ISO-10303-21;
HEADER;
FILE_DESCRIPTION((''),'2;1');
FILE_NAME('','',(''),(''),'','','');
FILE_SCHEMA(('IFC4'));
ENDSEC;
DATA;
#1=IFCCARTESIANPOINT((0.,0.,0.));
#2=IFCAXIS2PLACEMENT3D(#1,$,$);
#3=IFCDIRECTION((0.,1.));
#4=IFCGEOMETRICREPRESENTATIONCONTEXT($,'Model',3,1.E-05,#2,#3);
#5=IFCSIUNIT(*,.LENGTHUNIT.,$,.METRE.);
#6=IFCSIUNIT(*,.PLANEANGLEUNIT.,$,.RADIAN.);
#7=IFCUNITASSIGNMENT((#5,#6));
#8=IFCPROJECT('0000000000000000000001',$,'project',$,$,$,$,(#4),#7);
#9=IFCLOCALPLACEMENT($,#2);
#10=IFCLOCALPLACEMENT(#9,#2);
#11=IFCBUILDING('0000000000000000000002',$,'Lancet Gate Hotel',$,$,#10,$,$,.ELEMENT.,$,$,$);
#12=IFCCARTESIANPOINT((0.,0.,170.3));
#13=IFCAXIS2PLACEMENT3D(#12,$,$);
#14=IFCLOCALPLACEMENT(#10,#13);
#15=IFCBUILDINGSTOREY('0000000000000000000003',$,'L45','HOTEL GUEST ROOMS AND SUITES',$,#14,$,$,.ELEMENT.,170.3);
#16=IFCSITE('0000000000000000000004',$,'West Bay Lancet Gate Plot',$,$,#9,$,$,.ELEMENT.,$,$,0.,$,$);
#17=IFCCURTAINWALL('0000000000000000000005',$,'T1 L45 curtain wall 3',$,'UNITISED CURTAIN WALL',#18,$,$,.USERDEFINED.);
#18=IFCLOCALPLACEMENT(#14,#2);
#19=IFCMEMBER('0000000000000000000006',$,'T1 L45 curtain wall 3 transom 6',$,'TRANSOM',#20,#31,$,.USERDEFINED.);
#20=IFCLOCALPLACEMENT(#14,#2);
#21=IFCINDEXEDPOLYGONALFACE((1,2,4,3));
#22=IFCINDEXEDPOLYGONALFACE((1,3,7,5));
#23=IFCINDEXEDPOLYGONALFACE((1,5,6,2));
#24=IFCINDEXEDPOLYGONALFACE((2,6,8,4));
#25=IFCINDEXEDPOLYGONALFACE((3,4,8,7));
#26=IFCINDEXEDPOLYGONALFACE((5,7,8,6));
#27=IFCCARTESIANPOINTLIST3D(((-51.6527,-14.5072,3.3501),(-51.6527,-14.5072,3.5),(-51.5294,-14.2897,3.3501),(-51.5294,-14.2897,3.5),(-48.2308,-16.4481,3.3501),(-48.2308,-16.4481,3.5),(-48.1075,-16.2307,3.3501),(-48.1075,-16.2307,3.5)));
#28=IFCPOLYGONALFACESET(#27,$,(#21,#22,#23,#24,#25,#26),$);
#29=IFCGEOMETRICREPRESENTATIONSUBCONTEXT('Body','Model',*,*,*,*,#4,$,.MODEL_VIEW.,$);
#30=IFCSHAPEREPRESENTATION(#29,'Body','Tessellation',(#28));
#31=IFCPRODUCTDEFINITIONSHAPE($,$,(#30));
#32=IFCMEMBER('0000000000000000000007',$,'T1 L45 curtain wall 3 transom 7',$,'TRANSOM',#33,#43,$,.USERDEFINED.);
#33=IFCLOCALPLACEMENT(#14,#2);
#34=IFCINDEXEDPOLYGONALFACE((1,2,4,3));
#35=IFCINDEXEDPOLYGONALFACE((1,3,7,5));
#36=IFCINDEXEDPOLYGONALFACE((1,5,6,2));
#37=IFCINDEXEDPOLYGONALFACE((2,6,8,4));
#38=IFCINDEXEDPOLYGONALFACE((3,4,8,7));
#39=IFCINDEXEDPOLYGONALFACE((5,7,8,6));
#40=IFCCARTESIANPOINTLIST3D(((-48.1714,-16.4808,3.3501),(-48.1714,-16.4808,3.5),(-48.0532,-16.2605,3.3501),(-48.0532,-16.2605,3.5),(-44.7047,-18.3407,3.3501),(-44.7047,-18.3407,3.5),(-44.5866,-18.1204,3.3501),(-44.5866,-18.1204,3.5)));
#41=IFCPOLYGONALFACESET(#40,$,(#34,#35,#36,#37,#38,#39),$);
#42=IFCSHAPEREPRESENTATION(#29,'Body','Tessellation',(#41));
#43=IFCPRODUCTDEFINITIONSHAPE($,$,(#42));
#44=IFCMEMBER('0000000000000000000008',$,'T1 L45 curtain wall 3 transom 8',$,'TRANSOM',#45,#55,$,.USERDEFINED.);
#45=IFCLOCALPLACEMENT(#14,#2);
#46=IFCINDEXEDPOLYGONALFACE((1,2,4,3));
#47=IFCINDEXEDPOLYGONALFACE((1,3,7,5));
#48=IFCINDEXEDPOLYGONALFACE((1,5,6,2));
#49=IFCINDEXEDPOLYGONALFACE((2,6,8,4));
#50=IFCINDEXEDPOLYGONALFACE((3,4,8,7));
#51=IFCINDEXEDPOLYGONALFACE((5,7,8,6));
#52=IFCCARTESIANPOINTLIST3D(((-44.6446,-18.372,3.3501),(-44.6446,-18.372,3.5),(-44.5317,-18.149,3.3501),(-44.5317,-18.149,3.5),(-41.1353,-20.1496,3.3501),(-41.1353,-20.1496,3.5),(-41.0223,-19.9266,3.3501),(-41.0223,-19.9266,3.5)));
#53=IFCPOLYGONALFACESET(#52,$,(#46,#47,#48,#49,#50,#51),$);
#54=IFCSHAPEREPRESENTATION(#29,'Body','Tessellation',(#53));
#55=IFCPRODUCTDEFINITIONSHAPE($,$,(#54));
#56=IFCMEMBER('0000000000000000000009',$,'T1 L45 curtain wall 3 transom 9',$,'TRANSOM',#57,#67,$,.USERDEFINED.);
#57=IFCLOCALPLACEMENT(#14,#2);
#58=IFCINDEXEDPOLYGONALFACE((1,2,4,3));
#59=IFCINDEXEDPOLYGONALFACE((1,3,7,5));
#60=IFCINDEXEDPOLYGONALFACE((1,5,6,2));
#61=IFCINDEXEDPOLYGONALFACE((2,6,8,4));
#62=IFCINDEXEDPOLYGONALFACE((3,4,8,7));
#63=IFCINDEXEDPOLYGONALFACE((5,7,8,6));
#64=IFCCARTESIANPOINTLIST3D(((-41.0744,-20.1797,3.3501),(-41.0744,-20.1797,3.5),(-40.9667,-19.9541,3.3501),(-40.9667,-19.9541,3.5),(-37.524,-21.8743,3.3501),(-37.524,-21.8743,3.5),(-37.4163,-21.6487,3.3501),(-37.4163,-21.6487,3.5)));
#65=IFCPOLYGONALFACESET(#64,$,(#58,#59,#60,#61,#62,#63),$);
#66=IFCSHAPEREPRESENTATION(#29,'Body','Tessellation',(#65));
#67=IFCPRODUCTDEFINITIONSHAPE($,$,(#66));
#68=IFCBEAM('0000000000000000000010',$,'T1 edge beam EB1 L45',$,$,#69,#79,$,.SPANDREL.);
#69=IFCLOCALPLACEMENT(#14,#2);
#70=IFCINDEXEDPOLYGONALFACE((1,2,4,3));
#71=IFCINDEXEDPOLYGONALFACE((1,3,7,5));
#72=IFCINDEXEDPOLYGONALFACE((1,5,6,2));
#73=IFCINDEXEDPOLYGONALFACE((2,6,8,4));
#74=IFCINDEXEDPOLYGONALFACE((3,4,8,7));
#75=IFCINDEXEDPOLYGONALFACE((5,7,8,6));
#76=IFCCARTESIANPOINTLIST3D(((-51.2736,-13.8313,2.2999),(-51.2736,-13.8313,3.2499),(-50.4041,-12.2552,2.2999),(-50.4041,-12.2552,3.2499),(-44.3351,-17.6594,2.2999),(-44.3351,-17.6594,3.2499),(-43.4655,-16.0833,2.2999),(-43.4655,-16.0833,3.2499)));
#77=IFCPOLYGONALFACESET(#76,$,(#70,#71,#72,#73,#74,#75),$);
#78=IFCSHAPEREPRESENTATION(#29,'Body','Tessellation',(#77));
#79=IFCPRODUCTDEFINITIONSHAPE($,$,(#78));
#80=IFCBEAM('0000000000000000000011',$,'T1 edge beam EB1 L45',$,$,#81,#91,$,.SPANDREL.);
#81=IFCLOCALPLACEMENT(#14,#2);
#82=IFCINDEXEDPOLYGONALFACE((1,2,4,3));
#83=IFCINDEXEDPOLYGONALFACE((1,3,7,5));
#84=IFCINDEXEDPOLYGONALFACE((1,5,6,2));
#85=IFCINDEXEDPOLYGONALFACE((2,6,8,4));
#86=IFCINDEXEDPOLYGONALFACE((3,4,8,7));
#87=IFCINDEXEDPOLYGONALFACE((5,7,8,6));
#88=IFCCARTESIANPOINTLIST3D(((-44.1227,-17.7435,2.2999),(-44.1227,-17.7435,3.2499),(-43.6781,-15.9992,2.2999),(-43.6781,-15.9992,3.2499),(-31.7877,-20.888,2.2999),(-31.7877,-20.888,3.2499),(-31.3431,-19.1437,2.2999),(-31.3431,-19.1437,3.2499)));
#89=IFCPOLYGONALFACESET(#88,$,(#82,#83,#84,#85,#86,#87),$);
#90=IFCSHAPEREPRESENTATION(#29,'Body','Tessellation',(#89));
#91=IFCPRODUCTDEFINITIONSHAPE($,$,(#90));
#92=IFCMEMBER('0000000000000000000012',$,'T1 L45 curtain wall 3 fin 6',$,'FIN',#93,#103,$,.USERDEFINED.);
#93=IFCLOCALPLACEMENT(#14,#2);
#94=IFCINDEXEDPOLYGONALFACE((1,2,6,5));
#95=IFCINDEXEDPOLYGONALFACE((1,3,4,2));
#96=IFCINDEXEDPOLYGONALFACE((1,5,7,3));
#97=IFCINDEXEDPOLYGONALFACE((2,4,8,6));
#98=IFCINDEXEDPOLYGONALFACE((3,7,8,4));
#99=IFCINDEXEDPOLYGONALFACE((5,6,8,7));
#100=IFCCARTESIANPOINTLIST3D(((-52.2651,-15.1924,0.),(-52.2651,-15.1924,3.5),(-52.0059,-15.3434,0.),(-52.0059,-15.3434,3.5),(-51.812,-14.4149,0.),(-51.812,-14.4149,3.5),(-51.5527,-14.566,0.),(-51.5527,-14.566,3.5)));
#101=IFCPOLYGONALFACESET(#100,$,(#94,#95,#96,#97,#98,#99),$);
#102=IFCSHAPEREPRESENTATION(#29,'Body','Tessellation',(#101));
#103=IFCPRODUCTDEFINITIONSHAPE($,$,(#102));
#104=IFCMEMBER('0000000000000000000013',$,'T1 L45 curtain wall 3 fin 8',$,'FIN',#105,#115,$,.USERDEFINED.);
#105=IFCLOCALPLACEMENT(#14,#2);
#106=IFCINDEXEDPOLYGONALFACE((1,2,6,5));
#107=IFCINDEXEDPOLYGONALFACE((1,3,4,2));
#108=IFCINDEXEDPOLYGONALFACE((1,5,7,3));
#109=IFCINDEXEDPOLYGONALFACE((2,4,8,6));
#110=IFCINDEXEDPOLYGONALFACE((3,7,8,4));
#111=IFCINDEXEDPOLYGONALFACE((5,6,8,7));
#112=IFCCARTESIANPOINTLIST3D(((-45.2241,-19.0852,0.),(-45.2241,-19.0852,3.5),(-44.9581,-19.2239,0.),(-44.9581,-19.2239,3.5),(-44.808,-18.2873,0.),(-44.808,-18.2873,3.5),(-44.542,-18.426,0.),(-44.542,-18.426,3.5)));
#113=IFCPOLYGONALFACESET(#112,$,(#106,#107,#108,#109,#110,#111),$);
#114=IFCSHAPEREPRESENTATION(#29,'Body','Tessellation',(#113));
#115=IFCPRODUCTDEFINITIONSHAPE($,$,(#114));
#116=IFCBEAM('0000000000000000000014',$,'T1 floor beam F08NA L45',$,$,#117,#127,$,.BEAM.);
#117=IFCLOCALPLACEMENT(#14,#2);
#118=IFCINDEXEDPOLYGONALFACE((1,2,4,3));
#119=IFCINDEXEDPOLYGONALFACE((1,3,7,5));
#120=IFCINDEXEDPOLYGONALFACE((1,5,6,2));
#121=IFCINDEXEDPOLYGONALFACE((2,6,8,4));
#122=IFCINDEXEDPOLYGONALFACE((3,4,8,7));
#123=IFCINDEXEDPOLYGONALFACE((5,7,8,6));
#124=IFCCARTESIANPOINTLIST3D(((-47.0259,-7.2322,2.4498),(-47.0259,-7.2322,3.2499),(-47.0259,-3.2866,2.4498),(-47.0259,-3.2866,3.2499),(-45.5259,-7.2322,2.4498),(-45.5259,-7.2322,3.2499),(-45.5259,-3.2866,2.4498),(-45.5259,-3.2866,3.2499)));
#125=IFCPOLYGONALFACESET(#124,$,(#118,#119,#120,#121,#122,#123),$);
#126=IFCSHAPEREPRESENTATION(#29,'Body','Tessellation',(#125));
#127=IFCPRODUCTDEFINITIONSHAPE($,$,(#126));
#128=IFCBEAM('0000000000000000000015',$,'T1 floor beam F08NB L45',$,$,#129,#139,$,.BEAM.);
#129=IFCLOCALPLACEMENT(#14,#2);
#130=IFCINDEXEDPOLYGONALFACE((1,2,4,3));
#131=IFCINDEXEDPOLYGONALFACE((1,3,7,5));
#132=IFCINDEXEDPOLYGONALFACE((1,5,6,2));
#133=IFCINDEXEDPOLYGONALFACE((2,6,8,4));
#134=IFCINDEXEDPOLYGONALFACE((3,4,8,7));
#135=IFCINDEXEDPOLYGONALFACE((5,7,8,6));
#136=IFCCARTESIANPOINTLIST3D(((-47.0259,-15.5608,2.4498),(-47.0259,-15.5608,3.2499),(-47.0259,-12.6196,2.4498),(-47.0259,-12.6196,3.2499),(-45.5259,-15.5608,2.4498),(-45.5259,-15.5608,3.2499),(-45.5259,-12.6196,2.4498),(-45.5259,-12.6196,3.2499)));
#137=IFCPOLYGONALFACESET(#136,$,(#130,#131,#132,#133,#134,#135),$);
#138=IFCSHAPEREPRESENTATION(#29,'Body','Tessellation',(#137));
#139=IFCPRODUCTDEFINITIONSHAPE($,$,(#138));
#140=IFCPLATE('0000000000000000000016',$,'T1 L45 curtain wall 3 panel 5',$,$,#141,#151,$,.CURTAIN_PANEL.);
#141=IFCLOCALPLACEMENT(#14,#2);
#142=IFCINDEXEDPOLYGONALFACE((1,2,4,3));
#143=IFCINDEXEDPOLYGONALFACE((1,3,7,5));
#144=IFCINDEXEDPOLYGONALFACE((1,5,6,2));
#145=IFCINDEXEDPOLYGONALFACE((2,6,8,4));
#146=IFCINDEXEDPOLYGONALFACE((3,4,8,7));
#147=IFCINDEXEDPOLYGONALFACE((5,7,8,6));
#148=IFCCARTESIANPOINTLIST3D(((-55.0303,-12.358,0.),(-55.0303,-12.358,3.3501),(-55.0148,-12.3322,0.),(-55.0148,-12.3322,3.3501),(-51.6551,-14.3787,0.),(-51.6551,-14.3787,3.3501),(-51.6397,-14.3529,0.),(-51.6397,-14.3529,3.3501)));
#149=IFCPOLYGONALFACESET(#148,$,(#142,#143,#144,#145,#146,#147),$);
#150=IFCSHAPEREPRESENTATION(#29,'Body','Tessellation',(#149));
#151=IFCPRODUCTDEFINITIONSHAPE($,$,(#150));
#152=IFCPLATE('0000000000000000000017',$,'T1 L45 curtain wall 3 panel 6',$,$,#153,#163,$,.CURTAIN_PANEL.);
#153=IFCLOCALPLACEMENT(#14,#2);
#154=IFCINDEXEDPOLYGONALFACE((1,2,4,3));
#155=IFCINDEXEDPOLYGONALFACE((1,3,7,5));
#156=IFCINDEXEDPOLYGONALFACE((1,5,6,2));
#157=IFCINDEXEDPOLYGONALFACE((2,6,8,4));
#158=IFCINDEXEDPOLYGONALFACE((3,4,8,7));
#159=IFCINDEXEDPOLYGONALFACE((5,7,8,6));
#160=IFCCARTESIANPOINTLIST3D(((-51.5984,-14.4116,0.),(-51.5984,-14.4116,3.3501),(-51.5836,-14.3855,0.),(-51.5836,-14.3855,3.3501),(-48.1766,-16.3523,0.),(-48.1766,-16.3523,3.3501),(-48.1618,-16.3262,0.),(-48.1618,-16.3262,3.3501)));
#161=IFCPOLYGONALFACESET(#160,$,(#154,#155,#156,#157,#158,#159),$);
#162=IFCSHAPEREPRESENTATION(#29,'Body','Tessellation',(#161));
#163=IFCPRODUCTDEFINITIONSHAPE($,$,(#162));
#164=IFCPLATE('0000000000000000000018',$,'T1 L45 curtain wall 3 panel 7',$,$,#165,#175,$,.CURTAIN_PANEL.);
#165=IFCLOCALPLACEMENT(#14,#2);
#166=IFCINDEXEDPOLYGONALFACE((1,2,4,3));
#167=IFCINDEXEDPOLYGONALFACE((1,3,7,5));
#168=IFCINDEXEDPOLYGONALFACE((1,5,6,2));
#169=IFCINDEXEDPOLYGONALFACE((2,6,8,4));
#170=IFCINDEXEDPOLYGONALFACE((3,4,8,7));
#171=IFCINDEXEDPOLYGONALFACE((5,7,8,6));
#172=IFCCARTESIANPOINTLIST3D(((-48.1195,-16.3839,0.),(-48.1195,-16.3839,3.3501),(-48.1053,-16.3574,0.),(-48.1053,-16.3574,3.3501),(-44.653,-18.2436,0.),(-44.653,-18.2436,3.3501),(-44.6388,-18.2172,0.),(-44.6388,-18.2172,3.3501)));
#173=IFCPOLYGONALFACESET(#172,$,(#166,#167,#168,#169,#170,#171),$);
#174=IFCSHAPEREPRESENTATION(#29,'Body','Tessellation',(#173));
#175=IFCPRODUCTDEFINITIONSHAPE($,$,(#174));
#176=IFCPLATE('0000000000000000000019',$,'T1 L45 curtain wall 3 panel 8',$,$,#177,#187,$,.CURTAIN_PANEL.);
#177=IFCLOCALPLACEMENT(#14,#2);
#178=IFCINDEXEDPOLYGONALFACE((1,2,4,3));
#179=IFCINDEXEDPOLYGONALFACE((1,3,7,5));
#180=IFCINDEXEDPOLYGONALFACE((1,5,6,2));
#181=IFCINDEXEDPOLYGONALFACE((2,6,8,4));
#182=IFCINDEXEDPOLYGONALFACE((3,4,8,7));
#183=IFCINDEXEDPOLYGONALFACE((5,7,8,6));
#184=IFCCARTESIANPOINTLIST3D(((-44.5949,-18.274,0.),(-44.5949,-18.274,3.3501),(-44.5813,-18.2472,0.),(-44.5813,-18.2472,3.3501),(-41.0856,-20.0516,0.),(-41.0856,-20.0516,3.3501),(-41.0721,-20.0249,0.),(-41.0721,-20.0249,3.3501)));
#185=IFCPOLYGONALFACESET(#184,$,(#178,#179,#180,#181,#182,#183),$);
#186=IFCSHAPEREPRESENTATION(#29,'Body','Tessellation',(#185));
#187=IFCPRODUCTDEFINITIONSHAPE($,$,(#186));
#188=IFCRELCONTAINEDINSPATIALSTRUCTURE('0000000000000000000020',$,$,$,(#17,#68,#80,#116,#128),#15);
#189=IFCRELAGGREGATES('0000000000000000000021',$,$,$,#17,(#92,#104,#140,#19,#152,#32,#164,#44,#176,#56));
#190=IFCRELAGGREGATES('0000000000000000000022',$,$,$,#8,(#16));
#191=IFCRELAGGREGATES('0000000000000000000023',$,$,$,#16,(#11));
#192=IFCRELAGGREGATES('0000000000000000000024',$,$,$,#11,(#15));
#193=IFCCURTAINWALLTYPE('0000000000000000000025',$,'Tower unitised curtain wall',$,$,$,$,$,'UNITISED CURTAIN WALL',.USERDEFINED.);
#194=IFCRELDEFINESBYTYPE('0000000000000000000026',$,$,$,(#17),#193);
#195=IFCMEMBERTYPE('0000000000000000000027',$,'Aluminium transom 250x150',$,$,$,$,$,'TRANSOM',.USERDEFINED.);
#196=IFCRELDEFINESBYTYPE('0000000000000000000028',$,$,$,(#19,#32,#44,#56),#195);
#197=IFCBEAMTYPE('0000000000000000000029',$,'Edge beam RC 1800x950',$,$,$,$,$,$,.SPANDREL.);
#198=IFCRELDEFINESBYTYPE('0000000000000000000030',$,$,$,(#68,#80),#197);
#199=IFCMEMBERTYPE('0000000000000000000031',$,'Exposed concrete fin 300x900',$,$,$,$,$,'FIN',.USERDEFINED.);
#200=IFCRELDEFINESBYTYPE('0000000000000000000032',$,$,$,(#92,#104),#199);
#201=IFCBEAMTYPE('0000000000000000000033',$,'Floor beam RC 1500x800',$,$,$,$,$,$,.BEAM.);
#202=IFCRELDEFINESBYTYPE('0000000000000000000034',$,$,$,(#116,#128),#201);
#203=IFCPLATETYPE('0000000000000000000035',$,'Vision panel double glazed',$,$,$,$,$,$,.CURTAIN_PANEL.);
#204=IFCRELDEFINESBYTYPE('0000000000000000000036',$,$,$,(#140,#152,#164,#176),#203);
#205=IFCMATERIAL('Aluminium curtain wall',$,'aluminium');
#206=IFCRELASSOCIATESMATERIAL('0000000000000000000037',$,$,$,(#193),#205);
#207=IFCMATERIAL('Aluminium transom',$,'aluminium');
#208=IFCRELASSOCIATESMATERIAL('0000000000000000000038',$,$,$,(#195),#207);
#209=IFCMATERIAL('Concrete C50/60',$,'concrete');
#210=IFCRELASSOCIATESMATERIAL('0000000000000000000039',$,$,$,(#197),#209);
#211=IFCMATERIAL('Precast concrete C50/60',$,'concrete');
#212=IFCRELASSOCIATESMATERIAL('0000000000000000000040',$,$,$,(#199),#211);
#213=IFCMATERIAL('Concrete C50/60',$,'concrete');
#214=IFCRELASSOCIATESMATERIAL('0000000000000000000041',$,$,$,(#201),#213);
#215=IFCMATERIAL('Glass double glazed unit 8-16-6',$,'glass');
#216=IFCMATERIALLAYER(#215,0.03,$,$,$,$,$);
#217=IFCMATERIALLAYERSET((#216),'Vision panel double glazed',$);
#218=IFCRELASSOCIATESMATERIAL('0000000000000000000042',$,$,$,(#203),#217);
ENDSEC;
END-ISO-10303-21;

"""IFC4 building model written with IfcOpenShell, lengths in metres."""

from ifc_helpers import new_model, si_unit, direction, frame, origin, origin_2d, place, context, subcontext, project, spatial, rectangle, extrude, material, layer, layer_set, material_profile, profile_set, type_object, element, aggregate, save


model = new_model("IFC4")

# Units and contexts
model_context = context("Model", 3, precision=1e-05, world=origin(), true_north=direction((0.0, 1.0)))
body_context = subcontext(model_context, "Body", "Model", "MODEL_VIEW")
ifc_project = project(units=[si_unit("LENGTHUNIT", "METRE"), si_unit("PLANEANGLEUNIT", "RADIAN")], contexts=[model_context])

# Site, building, storey
site_placement = place(None, origin())
site = spatial("IfcSite", under=ifc_project, at=site_placement, Name="West Bay Lancet Gate Plot", CompositionType="ELEMENT", RefElevation=0.0)
building_placement = place(site_placement, origin())
building = spatial("IfcBuilding", under=site, at=building_placement, Name="Lancet Gate Hotel", CompositionType="ELEMENT")
storey_placement = place(building_placement, frame((0.0, 0.0, 170.3)))
storey = spatial("IfcBuildingStorey", under=building, at=storey_placement, Name="L45", Description="HOTEL GUEST ROOMS AND SUITES", CompositionType="ELEMENT", Elevation=170.3)

# Curtain wall, members
ifc_material_1 = material(Name="Aluminium curtain wall", Category="aluminium")
curtain_wall_type = type_object("IfcCurtainWallType", Name="Tower unitised curtain wall", ElementType="UNITISED CURTAIN WALL", PredefinedType="USERDEFINED", material=ifc_material_1)
curtain_wall_placement = place(storey_placement, origin())
curtain_wall = element("IfcCurtainWall", 1, at=curtain_wall_placement, inside=storey, type_object=curtain_wall_type, Name="T1 L45 curtain wall 3", ObjectType="UNITISED CURTAIN WALL", PredefinedType="USERDEFINED")
ifc_material_2 = material(Name="Aluminium transom", Category="aluminium")
ifc_material_profile_1 = material_profile(ifc_material_2, rectangle(XDim=0.25, YDim=0.1499, at=origin_2d()), Name="TRANSOM 250x150")
ifc_profile_set_1 = profile_set([ifc_material_profile_1], Name="Aluminium transom")
member_type_1 = type_object("IfcMemberType", Name="Aluminium transom 250x150", ElementType="TRANSOM", PredefinedType="USERDEFINED", material=ifc_profile_set_1)
member_1_placement = place(storey_placement, frame((-51.5911, -14.3984, 3.425), z_axis=(0.86982, -0.49337, 0.0), x_axis=(0.49337, 0.86982, 0.0)))
member_1 = element("IfcMember", 2, at=member_1_placement, type_object=member_type_1, Name="T1 L45 curtain wall 3 transom 6", ObjectType="TRANSOM", PredefinedType="USERDEFINED", context=body_context, shape_type="SweptSolid", body=[
    extrude(rectangle(XDim=0.25, YDim=0.1499, at=origin_2d()), origin(), (0.0, 0.0, 1.0), 3.9341),
])
member_2_placement = place(storey_placement, frame((-48.1123, -16.3706, 3.425), z_axis=(0.881185, -0.472771, 0.0), x_axis=(0.472771, 0.881185, 0.0)))
member_2 = element("IfcMember", 3, at=member_2_placement, type_object=member_type_1, Name="T1 L45 curtain wall 3 transom 7", ObjectType="TRANSOM", PredefinedType="USERDEFINED", context=body_context, shape_type="SweptSolid", body=[
    extrude(rectangle(XDim=0.25, YDim=0.1499, at=origin_2d()), origin(), (0.0, 0.0, 1.0), 3.9341),
])
member_3_placement = place(storey_placement, frame((-44.5881, -18.2605, 3.425), z_axis=(0.892081, -0.451875, 0.0), x_axis=(0.451875, 0.892081, 0.0)))
member_3 = element("IfcMember", 4, at=member_3_placement, type_object=member_type_1, Name="T1 L45 curtain wall 3 transom 8", ObjectType="TRANSOM", PredefinedType="USERDEFINED", context=body_context, shape_type="SweptSolid", body=[
    extrude(rectangle(XDim=0.25, YDim=0.1499, at=origin_2d()), origin(), (0.0, 0.0, 1.0), 3.9338),
])
member_4_placement = place(storey_placement, frame((-41.0205, -20.0669, 3.425), z_axis=(0.902469, -0.430755, 0.0), x_axis=(0.430755, 0.902469, 0.0)))
member_4 = element("IfcMember", 5, at=member_4_placement, type_object=member_type_1, Name="T1 L45 curtain wall 3 transom 9", ObjectType="TRANSOM", PredefinedType="USERDEFINED", context=body_context, shape_type="SweptSolid", body=[
    extrude(rectangle(XDim=0.25, YDim=0.1499, at=origin_2d()), origin(), (0.0, 0.0, 1.0), 3.9341),
])

# Beams
ifc_material_3 = material(Name="Concrete C50/60", Category="concrete")
ifc_material_profile_2 = material_profile(ifc_material_3, rectangle(XDim=1.8, YDim=0.95, at=origin_2d()), Name="RC 1800x950")
ifc_profile_set_2 = profile_set([ifc_material_profile_2], Name="Concrete C50/60")
beam_type_1 = type_object("IfcBeamType", Name="Edge beam RC 1800x950", PredefinedType="SPANDREL", material=ifc_profile_set_2)
beam_1_placement = place(storey_placement, frame((-50.8389, -13.0432, 2.7749), z_axis=(0.875578, -0.483077, 0.0), x_axis=(0.483077, 0.875578, 0.0)))
element("IfcBeam", 6, at=beam_1_placement, inside=storey, type_object=beam_type_1, Name="T1 edge beam EB1 L45", PredefinedType="SPANDREL", context=body_context, shape_type="SweptSolid", body=[
    extrude(rectangle(XDim=1.8, YDim=0.95, at=origin_2d()), origin(), (0.0, 0.0, 1.0), 7.9246),
])
beam_2_placement = place(storey_placement, frame((-43.9004, -16.8713, 2.7749), z_axis=(0.969008, -0.247028, 0.0), x_axis=(0.247028, 0.969008, 0.0)))
element("IfcBeam", 7, at=beam_2_placement, inside=storey, type_object=beam_type_1, Name="T1 edge beam EB1 L45", PredefinedType="SPANDREL", context=body_context, shape_type="SweptSolid", body=[
    extrude(rectangle(XDim=1.8, YDim=0.95, at=origin_2d()), origin(), (0.0, 0.0, 1.0), 12.7295),
])

# Members
ifc_material_4 = material(Name="Precast concrete C50/60", Category="concrete")
ifc_material_profile_3 = material_profile(ifc_material_4, rectangle(XDim=0.3, YDim=0.8999, at=origin_2d()), Name="FIN 300x900")
ifc_profile_set_3 = profile_set([ifc_material_profile_3], Name="Precast concrete C50/60")
member_type_2 = type_object("IfcMemberType", Name="Exposed concrete fin 300x900", ElementType="FIN", PredefinedType="USERDEFINED", material=ifc_profile_set_3)
member_5_placement = place(storey_placement, frame((-51.9089, -14.8792, 0.0), z_axis=(0.0, 0.0, 1.0), x_axis=(0.863969, -0.503545, 0.0)))
member_5 = element("IfcMember", 8, at=member_5_placement, type_object=member_type_2, Name="T1 L45 curtain wall 3 fin 6", ObjectType="FIN", PredefinedType="USERDEFINED", context=body_context, shape_type="SweptSolid", body=[
    extrude(rectangle(XDim=0.3, YDim=0.8999, at=origin_2d()), origin(), (0.0, 0.0, 1.0), 3.5),
])
member_6_placement = place(storey_placement, frame((-44.8831, -18.7556, 0.0), z_axis=(0.0, 0.0, 1.0), x_axis=(0.886694, -0.462356, 0.0)))
member_6 = element("IfcMember", 9, at=member_6_placement, type_object=member_type_2, Name="T1 L45 curtain wall 3 fin 8", ObjectType="FIN", PredefinedType="USERDEFINED", context=body_context, shape_type="SweptSolid", body=[
    extrude(rectangle(XDim=0.3, YDim=0.8999, at=origin_2d()), origin(), (0.0, 0.0, 1.0), 3.5),
])

# Beams
ifc_material_5 = material(Name="Concrete C50/60", Category="concrete")
ifc_material_profile_4 = material_profile(ifc_material_5, rectangle(XDim=1.5, YDim=0.8, at=origin_2d()), Name="RC 1500x800")
ifc_profile_set_4 = profile_set([ifc_material_profile_4], Name="Concrete C50/60")
beam_type_2 = type_object("IfcBeamType", Name="Floor beam RC 1500x800", PredefinedType="BEAM", material=ifc_profile_set_4)
beam_3_placement = place(storey_placement, frame((-46.2759, -3.2866, 2.8499), z_axis=(0.0, -1.0, 0.0), x_axis=(1.0, 0.0, 0.0)))
element("IfcBeam", 10, at=beam_3_placement, inside=storey, type_object=beam_type_2, Name="T1 floor beam F08NA L45", PredefinedType="BEAM", context=body_context, shape_type="SweptSolid", body=[
    extrude(rectangle(XDim=1.5, YDim=0.8, at=origin_2d()), origin(), (0.0, 0.0, 1.0), 3.9456),
])
beam_4_placement = place(storey_placement, frame((-46.2759, -12.6196, 2.8499), z_axis=(0.0, -1.0, 0.0), x_axis=(1.0, 0.0, 0.0)))
element("IfcBeam", 11, at=beam_4_placement, inside=storey, type_object=beam_type_2, Name="T1 floor beam F08NB L45", PredefinedType="BEAM", context=body_context, shape_type="SweptSolid", body=[
    extrude(rectangle(XDim=1.5, YDim=0.8, at=origin_2d()), origin(), (0.0, 0.0, 1.0), 2.9412),
])

# Plates
ifc_material_6 = material(Name="Glass double glazed unit 8-16-6", Category="glass")
ifc_layer_1 = layer(ifc_material_6, 0.03)
ifc_layer_set_1 = layer_set([ifc_layer_1], Name="Vision panel double glazed")
plate_type = type_object("IfcPlateType", Name="Vision panel double glazed", PredefinedType="CURTAIN_PANEL", material=ifc_layer_set_1)
plate_1_placement = place(storey_placement, frame((-53.335, -13.3555, 0.0), z_axis=(0.0, 0.0, 1.0), x_axis=(0.857987, -0.513672, 0.0)))
plate_1 = element("IfcPlate", 12, at=plate_1_placement, type_object=plate_type, Name="T1 L45 curtain wall 3 panel 5", PredefinedType="CURTAIN_PANEL", context=body_context, shape_type="SweptSolid", body=[
    extrude(rectangle(XDim=3.9338, YDim=0.03, at=origin_2d()), origin(), (0.0, 0.0, 1.0), 3.3501),
])
plate_2_placement = place(storey_placement, frame((-49.8801, -15.3689, 0.0), z_axis=(0.0, 0.0, 1.0), x_axis=(0.869831, -0.493349, 0.0)))
plate_2 = element("IfcPlate", 13, at=plate_2_placement, type_object=plate_type, Name="T1 L45 curtain wall 3 panel 6", PredefinedType="CURTAIN_PANEL", context=body_context, shape_type="SweptSolid", body=[
    extrude(rectangle(XDim=3.9338, YDim=0.03, at=origin_2d()), origin(), (0.0, 0.0, 1.0), 3.3501),
])
plate_3_placement = place(storey_placement, frame((-46.3792, -17.3005, 0.0), z_axis=(0.0, 0.0, 1.0), x_axis=(0.881195, -0.472753, 0.0)))
plate_3 = element("IfcPlate", 14, at=plate_3_placement, type_object=plate_type, Name="T1 L45 curtain wall 3 panel 7", PredefinedType="CURTAIN_PANEL", context=body_context, shape_type="SweptSolid", body=[
    extrude(rectangle(XDim=3.9338, YDim=0.03, at=origin_2d()), origin(), (0.0, 0.0, 1.0), 3.3501),
])
plate_4_placement = place(storey_placement, frame((-42.8335, -19.1494, 0.0), z_axis=(0.0, 0.0, 1.0), x_axis=(0.892071, -0.451895, 0.0)))
plate_4 = element("IfcPlate", 15, at=plate_4_placement, type_object=plate_type, Name="T1 L45 curtain wall 3 panel 8", PredefinedType="CURTAIN_PANEL", context=body_context, shape_type="SweptSolid", body=[
    extrude(rectangle(XDim=3.9338, YDim=0.03, at=origin_2d()), origin(), (0.0, 0.0, 1.0), 3.3501),
])
aggregate(curtain_wall, [member_5, member_6, plate_1, member_1, plate_2, member_2, plate_3, member_3, plate_4, member_4])

save(model, "model.ifc")
